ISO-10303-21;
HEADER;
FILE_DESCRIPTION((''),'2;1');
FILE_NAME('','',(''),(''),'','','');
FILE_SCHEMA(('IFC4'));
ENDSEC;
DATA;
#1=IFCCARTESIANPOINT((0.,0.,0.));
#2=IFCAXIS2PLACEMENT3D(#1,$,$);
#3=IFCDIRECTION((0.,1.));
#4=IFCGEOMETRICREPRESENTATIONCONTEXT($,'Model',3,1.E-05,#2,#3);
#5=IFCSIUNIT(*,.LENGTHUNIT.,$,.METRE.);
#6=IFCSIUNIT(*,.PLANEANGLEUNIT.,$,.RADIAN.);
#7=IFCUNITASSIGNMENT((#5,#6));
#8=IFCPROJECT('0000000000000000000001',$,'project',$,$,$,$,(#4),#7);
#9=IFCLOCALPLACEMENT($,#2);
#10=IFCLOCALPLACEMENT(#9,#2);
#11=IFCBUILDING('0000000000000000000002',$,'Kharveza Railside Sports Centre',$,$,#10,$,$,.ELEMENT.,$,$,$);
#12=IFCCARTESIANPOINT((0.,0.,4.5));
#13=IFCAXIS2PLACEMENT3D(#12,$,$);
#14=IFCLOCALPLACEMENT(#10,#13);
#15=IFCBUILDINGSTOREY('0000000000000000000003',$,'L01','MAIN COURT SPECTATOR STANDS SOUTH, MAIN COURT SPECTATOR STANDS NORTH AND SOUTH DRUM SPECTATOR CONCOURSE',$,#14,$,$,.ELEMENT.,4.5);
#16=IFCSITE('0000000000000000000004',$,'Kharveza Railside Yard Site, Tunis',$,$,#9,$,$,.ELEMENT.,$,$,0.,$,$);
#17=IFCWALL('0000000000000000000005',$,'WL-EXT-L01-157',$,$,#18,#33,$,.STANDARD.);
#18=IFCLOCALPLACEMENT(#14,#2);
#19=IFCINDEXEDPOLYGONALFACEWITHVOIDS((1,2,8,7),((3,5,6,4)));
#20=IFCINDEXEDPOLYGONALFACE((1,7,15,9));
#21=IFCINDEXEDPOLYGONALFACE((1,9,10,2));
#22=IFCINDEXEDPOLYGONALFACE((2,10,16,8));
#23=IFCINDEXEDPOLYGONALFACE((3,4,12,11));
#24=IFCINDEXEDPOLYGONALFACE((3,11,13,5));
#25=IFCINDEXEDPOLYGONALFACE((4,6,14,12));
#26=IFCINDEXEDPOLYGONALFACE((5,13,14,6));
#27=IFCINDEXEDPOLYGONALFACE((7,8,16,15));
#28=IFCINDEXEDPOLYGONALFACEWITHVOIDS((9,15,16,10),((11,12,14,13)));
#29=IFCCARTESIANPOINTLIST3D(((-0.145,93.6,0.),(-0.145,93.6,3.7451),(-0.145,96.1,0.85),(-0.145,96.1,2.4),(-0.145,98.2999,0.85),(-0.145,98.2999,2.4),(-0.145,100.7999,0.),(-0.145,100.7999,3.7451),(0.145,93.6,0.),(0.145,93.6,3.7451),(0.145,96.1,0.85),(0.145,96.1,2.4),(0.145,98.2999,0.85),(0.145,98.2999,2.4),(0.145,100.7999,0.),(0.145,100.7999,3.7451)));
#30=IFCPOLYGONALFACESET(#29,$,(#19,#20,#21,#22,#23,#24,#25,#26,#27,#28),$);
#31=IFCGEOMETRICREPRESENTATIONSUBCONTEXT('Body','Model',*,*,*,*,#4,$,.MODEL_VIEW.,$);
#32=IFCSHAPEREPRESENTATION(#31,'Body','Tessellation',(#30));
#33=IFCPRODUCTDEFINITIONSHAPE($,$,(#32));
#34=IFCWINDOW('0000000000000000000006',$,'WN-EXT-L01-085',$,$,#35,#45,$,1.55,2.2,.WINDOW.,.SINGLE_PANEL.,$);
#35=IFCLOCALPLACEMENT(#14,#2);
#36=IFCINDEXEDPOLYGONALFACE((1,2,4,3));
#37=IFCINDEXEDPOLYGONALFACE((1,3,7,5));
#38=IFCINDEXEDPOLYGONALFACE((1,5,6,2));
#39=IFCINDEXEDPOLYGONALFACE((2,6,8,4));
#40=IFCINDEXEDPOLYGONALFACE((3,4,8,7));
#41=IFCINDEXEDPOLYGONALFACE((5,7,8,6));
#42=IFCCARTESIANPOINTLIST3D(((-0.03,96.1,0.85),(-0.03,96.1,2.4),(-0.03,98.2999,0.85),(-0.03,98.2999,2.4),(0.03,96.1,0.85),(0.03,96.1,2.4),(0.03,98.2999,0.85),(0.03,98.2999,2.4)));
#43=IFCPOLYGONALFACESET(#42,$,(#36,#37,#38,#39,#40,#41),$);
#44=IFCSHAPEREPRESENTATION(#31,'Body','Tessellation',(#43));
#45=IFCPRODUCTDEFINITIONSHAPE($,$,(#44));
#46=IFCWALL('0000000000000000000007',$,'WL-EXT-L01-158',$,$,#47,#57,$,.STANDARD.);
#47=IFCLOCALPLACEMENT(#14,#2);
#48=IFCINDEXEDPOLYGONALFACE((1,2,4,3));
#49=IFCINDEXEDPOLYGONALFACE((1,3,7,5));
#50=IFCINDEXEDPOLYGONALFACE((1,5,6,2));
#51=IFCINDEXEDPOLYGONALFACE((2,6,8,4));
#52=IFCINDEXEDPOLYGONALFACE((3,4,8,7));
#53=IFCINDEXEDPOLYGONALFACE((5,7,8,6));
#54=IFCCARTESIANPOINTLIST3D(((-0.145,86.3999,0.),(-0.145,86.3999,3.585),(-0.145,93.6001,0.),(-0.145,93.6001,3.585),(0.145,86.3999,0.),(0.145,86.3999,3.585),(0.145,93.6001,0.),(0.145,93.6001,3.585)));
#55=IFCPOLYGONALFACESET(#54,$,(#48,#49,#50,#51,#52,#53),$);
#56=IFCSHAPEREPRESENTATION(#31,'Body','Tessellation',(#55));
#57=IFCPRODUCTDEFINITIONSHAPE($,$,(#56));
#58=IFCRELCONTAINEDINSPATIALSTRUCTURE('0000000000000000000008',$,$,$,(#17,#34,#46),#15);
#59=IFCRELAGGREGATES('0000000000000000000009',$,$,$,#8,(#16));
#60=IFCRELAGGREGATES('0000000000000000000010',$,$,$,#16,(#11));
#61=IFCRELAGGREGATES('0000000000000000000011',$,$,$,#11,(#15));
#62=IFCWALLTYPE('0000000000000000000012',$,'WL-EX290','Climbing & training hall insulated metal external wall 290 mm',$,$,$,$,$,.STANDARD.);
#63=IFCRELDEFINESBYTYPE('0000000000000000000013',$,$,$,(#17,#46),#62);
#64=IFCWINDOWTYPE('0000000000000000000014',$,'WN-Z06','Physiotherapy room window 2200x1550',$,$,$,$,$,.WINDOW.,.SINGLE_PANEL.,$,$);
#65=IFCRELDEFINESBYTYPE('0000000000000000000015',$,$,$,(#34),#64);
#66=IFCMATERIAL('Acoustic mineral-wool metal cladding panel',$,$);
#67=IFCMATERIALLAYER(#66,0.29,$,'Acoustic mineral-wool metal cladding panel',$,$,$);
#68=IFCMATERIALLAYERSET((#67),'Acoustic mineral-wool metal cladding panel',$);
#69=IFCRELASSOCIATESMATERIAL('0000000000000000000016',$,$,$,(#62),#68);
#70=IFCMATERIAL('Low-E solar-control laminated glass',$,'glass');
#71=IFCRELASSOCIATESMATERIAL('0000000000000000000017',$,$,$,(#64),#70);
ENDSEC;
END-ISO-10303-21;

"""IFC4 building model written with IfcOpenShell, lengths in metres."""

from ifc_helpers import new_model, si_unit, direction, frame, frame_2d, origin, place, context, subcontext, project, spatial, rectangle, extrude, material, layer, layer_set, type_object, element, fill, save


model = new_model("IFC4")

# Units and contexts
model_context = context("Model", 3, precision=1e-05, world=origin(), true_north=direction((0.0, 1.0)))
body_context = subcontext(model_context, "Body", "Model", "MODEL_VIEW")
ifc_project = project(units=[si_unit("LENGTHUNIT", "METRE"), si_unit("PLANEANGLEUNIT", "RADIAN")], contexts=[model_context])

# Site, building, storey
site_placement = place(None, origin())
site = spatial("IfcSite", under=ifc_project, at=site_placement, Name="Kharveza Railside Yard Site, Tunis", CompositionType="ELEMENT", RefElevation=0.0)
building_placement = place(site_placement, origin())
building = spatial("IfcBuilding", under=site, at=building_placement, Name="Kharveza Railside Sports Centre", CompositionType="ELEMENT")
storey_placement = place(building_placement, frame((0.0, 0.0, 4.5)))
storey = spatial("IfcBuildingStorey", under=building, at=storey_placement, Name="L01", Description="MAIN COURT SPECTATOR STANDS SOUTH, MAIN COURT SPECTATOR STANDS NORTH AND SOUTH DRUM SPECTATOR CONCOURSE", CompositionType="ELEMENT", Elevation=4.5)

# Shared definitions
ifc_material_1 = material(Name="Acoustic mineral-wool metal cladding panel")

# Wall, opening, window
ifc_layer_1 = layer(ifc_material_1, 0.29, Name="Acoustic mineral-wool metal cladding panel")
ifc_layer_set_1 = layer_set([ifc_layer_1], Name="Acoustic mineral-wool metal cladding panel")
wall_type_1 = type_object("IfcWallType", Name="WL-EX290", Description="Climbing & training hall insulated metal external wall 290 mm", PredefinedType="STANDARD", material=ifc_layer_set_1)
ifc_material_2 = material(Name="Low-E solar-control laminated glass", Category="glass")
wall_1_placement = place(storey_placement, frame((0.0, 100.8, 0.0), z_axis=(0.0, 0.0, 1.0), x_axis=(0.0, -1.0, 0.0)))
wall_1 = element("IfcWall", 1, at=wall_1_placement, inside=storey, type_object=wall_type_1, Name="WL-EXT-L01-157", PredefinedType="STANDARD", context=body_context, shape_type="SweptSolid", body=[
    extrude(rectangle(XDim=7.2, YDim=0.29, at=frame_2d((3.6001, 0.0))), origin(), (0.0, 0.0, 1.0), 3.7451),
])
opening_1_placement = place(wall_1_placement, frame((2.5, 0.0, 0.8501)))
opening_1 = element("IfcOpeningElement", 2, at=opening_1_placement, cuts=wall_1, PredefinedType="OPENING", context=body_context, shape_type="SweptSolid", body=[
    extrude(rectangle(XDim=2.2, YDim=1.55, at=frame_2d((1.1001, 0.7749))), frame((0.0, 0.1699, 0.0), z_axis=(0.0, -1.0, 0.0), x_axis=(1.0, 0.0, 0.0)), (0.0, 0.0, 1.0), 0.3398),
])
window_type_1 = type_object("IfcWindowType", Name="WN-Z06", Description="Physiotherapy room window 2200x1550", PartitioningType="SINGLE_PANEL", PredefinedType="WINDOW", material=ifc_material_2)
window_1_placement = place(opening_1_placement, origin())
window_1 = element("IfcWindow", 3, at=window_1_placement, inside=storey, type_object=window_type_1, Name="WN-EXT-L01-085", OverallHeight=1.55, OverallWidth=2.2, PartitioningType="SINGLE_PANEL", PredefinedType="WINDOW", context=body_context, shape_type="SweptSolid", body=[
    extrude(rectangle(XDim=2.2, YDim=1.55, at=frame_2d((1.1001, 0.7749))), frame((0.0, 0.03, 0.0), z_axis=(0.0, -1.0, 0.0), x_axis=(1.0, 0.0, 0.0)), (0.0, 0.0, 1.0), 0.0601),
])
fill(opening_1, window_1)

# Wall
wall_2_placement = place(storey_placement, frame((0.0, 93.6001, 0.0), z_axis=(0.0, 0.0, 1.0), x_axis=(0.0, -1.0, 0.0)))
element("IfcWall", 4, at=wall_2_placement, inside=storey, type_object=wall_type_1, Name="WL-EXT-L01-158", PredefinedType="STANDARD", context=body_context, shape_type="SweptSolid", body=[
    extrude(rectangle(XDim=7.2002, YDim=0.29, at=frame_2d((3.6001, 0.0))), origin(), (0.0, 0.0, 1.0), 3.585),
])

save(model, "model.ifc")
